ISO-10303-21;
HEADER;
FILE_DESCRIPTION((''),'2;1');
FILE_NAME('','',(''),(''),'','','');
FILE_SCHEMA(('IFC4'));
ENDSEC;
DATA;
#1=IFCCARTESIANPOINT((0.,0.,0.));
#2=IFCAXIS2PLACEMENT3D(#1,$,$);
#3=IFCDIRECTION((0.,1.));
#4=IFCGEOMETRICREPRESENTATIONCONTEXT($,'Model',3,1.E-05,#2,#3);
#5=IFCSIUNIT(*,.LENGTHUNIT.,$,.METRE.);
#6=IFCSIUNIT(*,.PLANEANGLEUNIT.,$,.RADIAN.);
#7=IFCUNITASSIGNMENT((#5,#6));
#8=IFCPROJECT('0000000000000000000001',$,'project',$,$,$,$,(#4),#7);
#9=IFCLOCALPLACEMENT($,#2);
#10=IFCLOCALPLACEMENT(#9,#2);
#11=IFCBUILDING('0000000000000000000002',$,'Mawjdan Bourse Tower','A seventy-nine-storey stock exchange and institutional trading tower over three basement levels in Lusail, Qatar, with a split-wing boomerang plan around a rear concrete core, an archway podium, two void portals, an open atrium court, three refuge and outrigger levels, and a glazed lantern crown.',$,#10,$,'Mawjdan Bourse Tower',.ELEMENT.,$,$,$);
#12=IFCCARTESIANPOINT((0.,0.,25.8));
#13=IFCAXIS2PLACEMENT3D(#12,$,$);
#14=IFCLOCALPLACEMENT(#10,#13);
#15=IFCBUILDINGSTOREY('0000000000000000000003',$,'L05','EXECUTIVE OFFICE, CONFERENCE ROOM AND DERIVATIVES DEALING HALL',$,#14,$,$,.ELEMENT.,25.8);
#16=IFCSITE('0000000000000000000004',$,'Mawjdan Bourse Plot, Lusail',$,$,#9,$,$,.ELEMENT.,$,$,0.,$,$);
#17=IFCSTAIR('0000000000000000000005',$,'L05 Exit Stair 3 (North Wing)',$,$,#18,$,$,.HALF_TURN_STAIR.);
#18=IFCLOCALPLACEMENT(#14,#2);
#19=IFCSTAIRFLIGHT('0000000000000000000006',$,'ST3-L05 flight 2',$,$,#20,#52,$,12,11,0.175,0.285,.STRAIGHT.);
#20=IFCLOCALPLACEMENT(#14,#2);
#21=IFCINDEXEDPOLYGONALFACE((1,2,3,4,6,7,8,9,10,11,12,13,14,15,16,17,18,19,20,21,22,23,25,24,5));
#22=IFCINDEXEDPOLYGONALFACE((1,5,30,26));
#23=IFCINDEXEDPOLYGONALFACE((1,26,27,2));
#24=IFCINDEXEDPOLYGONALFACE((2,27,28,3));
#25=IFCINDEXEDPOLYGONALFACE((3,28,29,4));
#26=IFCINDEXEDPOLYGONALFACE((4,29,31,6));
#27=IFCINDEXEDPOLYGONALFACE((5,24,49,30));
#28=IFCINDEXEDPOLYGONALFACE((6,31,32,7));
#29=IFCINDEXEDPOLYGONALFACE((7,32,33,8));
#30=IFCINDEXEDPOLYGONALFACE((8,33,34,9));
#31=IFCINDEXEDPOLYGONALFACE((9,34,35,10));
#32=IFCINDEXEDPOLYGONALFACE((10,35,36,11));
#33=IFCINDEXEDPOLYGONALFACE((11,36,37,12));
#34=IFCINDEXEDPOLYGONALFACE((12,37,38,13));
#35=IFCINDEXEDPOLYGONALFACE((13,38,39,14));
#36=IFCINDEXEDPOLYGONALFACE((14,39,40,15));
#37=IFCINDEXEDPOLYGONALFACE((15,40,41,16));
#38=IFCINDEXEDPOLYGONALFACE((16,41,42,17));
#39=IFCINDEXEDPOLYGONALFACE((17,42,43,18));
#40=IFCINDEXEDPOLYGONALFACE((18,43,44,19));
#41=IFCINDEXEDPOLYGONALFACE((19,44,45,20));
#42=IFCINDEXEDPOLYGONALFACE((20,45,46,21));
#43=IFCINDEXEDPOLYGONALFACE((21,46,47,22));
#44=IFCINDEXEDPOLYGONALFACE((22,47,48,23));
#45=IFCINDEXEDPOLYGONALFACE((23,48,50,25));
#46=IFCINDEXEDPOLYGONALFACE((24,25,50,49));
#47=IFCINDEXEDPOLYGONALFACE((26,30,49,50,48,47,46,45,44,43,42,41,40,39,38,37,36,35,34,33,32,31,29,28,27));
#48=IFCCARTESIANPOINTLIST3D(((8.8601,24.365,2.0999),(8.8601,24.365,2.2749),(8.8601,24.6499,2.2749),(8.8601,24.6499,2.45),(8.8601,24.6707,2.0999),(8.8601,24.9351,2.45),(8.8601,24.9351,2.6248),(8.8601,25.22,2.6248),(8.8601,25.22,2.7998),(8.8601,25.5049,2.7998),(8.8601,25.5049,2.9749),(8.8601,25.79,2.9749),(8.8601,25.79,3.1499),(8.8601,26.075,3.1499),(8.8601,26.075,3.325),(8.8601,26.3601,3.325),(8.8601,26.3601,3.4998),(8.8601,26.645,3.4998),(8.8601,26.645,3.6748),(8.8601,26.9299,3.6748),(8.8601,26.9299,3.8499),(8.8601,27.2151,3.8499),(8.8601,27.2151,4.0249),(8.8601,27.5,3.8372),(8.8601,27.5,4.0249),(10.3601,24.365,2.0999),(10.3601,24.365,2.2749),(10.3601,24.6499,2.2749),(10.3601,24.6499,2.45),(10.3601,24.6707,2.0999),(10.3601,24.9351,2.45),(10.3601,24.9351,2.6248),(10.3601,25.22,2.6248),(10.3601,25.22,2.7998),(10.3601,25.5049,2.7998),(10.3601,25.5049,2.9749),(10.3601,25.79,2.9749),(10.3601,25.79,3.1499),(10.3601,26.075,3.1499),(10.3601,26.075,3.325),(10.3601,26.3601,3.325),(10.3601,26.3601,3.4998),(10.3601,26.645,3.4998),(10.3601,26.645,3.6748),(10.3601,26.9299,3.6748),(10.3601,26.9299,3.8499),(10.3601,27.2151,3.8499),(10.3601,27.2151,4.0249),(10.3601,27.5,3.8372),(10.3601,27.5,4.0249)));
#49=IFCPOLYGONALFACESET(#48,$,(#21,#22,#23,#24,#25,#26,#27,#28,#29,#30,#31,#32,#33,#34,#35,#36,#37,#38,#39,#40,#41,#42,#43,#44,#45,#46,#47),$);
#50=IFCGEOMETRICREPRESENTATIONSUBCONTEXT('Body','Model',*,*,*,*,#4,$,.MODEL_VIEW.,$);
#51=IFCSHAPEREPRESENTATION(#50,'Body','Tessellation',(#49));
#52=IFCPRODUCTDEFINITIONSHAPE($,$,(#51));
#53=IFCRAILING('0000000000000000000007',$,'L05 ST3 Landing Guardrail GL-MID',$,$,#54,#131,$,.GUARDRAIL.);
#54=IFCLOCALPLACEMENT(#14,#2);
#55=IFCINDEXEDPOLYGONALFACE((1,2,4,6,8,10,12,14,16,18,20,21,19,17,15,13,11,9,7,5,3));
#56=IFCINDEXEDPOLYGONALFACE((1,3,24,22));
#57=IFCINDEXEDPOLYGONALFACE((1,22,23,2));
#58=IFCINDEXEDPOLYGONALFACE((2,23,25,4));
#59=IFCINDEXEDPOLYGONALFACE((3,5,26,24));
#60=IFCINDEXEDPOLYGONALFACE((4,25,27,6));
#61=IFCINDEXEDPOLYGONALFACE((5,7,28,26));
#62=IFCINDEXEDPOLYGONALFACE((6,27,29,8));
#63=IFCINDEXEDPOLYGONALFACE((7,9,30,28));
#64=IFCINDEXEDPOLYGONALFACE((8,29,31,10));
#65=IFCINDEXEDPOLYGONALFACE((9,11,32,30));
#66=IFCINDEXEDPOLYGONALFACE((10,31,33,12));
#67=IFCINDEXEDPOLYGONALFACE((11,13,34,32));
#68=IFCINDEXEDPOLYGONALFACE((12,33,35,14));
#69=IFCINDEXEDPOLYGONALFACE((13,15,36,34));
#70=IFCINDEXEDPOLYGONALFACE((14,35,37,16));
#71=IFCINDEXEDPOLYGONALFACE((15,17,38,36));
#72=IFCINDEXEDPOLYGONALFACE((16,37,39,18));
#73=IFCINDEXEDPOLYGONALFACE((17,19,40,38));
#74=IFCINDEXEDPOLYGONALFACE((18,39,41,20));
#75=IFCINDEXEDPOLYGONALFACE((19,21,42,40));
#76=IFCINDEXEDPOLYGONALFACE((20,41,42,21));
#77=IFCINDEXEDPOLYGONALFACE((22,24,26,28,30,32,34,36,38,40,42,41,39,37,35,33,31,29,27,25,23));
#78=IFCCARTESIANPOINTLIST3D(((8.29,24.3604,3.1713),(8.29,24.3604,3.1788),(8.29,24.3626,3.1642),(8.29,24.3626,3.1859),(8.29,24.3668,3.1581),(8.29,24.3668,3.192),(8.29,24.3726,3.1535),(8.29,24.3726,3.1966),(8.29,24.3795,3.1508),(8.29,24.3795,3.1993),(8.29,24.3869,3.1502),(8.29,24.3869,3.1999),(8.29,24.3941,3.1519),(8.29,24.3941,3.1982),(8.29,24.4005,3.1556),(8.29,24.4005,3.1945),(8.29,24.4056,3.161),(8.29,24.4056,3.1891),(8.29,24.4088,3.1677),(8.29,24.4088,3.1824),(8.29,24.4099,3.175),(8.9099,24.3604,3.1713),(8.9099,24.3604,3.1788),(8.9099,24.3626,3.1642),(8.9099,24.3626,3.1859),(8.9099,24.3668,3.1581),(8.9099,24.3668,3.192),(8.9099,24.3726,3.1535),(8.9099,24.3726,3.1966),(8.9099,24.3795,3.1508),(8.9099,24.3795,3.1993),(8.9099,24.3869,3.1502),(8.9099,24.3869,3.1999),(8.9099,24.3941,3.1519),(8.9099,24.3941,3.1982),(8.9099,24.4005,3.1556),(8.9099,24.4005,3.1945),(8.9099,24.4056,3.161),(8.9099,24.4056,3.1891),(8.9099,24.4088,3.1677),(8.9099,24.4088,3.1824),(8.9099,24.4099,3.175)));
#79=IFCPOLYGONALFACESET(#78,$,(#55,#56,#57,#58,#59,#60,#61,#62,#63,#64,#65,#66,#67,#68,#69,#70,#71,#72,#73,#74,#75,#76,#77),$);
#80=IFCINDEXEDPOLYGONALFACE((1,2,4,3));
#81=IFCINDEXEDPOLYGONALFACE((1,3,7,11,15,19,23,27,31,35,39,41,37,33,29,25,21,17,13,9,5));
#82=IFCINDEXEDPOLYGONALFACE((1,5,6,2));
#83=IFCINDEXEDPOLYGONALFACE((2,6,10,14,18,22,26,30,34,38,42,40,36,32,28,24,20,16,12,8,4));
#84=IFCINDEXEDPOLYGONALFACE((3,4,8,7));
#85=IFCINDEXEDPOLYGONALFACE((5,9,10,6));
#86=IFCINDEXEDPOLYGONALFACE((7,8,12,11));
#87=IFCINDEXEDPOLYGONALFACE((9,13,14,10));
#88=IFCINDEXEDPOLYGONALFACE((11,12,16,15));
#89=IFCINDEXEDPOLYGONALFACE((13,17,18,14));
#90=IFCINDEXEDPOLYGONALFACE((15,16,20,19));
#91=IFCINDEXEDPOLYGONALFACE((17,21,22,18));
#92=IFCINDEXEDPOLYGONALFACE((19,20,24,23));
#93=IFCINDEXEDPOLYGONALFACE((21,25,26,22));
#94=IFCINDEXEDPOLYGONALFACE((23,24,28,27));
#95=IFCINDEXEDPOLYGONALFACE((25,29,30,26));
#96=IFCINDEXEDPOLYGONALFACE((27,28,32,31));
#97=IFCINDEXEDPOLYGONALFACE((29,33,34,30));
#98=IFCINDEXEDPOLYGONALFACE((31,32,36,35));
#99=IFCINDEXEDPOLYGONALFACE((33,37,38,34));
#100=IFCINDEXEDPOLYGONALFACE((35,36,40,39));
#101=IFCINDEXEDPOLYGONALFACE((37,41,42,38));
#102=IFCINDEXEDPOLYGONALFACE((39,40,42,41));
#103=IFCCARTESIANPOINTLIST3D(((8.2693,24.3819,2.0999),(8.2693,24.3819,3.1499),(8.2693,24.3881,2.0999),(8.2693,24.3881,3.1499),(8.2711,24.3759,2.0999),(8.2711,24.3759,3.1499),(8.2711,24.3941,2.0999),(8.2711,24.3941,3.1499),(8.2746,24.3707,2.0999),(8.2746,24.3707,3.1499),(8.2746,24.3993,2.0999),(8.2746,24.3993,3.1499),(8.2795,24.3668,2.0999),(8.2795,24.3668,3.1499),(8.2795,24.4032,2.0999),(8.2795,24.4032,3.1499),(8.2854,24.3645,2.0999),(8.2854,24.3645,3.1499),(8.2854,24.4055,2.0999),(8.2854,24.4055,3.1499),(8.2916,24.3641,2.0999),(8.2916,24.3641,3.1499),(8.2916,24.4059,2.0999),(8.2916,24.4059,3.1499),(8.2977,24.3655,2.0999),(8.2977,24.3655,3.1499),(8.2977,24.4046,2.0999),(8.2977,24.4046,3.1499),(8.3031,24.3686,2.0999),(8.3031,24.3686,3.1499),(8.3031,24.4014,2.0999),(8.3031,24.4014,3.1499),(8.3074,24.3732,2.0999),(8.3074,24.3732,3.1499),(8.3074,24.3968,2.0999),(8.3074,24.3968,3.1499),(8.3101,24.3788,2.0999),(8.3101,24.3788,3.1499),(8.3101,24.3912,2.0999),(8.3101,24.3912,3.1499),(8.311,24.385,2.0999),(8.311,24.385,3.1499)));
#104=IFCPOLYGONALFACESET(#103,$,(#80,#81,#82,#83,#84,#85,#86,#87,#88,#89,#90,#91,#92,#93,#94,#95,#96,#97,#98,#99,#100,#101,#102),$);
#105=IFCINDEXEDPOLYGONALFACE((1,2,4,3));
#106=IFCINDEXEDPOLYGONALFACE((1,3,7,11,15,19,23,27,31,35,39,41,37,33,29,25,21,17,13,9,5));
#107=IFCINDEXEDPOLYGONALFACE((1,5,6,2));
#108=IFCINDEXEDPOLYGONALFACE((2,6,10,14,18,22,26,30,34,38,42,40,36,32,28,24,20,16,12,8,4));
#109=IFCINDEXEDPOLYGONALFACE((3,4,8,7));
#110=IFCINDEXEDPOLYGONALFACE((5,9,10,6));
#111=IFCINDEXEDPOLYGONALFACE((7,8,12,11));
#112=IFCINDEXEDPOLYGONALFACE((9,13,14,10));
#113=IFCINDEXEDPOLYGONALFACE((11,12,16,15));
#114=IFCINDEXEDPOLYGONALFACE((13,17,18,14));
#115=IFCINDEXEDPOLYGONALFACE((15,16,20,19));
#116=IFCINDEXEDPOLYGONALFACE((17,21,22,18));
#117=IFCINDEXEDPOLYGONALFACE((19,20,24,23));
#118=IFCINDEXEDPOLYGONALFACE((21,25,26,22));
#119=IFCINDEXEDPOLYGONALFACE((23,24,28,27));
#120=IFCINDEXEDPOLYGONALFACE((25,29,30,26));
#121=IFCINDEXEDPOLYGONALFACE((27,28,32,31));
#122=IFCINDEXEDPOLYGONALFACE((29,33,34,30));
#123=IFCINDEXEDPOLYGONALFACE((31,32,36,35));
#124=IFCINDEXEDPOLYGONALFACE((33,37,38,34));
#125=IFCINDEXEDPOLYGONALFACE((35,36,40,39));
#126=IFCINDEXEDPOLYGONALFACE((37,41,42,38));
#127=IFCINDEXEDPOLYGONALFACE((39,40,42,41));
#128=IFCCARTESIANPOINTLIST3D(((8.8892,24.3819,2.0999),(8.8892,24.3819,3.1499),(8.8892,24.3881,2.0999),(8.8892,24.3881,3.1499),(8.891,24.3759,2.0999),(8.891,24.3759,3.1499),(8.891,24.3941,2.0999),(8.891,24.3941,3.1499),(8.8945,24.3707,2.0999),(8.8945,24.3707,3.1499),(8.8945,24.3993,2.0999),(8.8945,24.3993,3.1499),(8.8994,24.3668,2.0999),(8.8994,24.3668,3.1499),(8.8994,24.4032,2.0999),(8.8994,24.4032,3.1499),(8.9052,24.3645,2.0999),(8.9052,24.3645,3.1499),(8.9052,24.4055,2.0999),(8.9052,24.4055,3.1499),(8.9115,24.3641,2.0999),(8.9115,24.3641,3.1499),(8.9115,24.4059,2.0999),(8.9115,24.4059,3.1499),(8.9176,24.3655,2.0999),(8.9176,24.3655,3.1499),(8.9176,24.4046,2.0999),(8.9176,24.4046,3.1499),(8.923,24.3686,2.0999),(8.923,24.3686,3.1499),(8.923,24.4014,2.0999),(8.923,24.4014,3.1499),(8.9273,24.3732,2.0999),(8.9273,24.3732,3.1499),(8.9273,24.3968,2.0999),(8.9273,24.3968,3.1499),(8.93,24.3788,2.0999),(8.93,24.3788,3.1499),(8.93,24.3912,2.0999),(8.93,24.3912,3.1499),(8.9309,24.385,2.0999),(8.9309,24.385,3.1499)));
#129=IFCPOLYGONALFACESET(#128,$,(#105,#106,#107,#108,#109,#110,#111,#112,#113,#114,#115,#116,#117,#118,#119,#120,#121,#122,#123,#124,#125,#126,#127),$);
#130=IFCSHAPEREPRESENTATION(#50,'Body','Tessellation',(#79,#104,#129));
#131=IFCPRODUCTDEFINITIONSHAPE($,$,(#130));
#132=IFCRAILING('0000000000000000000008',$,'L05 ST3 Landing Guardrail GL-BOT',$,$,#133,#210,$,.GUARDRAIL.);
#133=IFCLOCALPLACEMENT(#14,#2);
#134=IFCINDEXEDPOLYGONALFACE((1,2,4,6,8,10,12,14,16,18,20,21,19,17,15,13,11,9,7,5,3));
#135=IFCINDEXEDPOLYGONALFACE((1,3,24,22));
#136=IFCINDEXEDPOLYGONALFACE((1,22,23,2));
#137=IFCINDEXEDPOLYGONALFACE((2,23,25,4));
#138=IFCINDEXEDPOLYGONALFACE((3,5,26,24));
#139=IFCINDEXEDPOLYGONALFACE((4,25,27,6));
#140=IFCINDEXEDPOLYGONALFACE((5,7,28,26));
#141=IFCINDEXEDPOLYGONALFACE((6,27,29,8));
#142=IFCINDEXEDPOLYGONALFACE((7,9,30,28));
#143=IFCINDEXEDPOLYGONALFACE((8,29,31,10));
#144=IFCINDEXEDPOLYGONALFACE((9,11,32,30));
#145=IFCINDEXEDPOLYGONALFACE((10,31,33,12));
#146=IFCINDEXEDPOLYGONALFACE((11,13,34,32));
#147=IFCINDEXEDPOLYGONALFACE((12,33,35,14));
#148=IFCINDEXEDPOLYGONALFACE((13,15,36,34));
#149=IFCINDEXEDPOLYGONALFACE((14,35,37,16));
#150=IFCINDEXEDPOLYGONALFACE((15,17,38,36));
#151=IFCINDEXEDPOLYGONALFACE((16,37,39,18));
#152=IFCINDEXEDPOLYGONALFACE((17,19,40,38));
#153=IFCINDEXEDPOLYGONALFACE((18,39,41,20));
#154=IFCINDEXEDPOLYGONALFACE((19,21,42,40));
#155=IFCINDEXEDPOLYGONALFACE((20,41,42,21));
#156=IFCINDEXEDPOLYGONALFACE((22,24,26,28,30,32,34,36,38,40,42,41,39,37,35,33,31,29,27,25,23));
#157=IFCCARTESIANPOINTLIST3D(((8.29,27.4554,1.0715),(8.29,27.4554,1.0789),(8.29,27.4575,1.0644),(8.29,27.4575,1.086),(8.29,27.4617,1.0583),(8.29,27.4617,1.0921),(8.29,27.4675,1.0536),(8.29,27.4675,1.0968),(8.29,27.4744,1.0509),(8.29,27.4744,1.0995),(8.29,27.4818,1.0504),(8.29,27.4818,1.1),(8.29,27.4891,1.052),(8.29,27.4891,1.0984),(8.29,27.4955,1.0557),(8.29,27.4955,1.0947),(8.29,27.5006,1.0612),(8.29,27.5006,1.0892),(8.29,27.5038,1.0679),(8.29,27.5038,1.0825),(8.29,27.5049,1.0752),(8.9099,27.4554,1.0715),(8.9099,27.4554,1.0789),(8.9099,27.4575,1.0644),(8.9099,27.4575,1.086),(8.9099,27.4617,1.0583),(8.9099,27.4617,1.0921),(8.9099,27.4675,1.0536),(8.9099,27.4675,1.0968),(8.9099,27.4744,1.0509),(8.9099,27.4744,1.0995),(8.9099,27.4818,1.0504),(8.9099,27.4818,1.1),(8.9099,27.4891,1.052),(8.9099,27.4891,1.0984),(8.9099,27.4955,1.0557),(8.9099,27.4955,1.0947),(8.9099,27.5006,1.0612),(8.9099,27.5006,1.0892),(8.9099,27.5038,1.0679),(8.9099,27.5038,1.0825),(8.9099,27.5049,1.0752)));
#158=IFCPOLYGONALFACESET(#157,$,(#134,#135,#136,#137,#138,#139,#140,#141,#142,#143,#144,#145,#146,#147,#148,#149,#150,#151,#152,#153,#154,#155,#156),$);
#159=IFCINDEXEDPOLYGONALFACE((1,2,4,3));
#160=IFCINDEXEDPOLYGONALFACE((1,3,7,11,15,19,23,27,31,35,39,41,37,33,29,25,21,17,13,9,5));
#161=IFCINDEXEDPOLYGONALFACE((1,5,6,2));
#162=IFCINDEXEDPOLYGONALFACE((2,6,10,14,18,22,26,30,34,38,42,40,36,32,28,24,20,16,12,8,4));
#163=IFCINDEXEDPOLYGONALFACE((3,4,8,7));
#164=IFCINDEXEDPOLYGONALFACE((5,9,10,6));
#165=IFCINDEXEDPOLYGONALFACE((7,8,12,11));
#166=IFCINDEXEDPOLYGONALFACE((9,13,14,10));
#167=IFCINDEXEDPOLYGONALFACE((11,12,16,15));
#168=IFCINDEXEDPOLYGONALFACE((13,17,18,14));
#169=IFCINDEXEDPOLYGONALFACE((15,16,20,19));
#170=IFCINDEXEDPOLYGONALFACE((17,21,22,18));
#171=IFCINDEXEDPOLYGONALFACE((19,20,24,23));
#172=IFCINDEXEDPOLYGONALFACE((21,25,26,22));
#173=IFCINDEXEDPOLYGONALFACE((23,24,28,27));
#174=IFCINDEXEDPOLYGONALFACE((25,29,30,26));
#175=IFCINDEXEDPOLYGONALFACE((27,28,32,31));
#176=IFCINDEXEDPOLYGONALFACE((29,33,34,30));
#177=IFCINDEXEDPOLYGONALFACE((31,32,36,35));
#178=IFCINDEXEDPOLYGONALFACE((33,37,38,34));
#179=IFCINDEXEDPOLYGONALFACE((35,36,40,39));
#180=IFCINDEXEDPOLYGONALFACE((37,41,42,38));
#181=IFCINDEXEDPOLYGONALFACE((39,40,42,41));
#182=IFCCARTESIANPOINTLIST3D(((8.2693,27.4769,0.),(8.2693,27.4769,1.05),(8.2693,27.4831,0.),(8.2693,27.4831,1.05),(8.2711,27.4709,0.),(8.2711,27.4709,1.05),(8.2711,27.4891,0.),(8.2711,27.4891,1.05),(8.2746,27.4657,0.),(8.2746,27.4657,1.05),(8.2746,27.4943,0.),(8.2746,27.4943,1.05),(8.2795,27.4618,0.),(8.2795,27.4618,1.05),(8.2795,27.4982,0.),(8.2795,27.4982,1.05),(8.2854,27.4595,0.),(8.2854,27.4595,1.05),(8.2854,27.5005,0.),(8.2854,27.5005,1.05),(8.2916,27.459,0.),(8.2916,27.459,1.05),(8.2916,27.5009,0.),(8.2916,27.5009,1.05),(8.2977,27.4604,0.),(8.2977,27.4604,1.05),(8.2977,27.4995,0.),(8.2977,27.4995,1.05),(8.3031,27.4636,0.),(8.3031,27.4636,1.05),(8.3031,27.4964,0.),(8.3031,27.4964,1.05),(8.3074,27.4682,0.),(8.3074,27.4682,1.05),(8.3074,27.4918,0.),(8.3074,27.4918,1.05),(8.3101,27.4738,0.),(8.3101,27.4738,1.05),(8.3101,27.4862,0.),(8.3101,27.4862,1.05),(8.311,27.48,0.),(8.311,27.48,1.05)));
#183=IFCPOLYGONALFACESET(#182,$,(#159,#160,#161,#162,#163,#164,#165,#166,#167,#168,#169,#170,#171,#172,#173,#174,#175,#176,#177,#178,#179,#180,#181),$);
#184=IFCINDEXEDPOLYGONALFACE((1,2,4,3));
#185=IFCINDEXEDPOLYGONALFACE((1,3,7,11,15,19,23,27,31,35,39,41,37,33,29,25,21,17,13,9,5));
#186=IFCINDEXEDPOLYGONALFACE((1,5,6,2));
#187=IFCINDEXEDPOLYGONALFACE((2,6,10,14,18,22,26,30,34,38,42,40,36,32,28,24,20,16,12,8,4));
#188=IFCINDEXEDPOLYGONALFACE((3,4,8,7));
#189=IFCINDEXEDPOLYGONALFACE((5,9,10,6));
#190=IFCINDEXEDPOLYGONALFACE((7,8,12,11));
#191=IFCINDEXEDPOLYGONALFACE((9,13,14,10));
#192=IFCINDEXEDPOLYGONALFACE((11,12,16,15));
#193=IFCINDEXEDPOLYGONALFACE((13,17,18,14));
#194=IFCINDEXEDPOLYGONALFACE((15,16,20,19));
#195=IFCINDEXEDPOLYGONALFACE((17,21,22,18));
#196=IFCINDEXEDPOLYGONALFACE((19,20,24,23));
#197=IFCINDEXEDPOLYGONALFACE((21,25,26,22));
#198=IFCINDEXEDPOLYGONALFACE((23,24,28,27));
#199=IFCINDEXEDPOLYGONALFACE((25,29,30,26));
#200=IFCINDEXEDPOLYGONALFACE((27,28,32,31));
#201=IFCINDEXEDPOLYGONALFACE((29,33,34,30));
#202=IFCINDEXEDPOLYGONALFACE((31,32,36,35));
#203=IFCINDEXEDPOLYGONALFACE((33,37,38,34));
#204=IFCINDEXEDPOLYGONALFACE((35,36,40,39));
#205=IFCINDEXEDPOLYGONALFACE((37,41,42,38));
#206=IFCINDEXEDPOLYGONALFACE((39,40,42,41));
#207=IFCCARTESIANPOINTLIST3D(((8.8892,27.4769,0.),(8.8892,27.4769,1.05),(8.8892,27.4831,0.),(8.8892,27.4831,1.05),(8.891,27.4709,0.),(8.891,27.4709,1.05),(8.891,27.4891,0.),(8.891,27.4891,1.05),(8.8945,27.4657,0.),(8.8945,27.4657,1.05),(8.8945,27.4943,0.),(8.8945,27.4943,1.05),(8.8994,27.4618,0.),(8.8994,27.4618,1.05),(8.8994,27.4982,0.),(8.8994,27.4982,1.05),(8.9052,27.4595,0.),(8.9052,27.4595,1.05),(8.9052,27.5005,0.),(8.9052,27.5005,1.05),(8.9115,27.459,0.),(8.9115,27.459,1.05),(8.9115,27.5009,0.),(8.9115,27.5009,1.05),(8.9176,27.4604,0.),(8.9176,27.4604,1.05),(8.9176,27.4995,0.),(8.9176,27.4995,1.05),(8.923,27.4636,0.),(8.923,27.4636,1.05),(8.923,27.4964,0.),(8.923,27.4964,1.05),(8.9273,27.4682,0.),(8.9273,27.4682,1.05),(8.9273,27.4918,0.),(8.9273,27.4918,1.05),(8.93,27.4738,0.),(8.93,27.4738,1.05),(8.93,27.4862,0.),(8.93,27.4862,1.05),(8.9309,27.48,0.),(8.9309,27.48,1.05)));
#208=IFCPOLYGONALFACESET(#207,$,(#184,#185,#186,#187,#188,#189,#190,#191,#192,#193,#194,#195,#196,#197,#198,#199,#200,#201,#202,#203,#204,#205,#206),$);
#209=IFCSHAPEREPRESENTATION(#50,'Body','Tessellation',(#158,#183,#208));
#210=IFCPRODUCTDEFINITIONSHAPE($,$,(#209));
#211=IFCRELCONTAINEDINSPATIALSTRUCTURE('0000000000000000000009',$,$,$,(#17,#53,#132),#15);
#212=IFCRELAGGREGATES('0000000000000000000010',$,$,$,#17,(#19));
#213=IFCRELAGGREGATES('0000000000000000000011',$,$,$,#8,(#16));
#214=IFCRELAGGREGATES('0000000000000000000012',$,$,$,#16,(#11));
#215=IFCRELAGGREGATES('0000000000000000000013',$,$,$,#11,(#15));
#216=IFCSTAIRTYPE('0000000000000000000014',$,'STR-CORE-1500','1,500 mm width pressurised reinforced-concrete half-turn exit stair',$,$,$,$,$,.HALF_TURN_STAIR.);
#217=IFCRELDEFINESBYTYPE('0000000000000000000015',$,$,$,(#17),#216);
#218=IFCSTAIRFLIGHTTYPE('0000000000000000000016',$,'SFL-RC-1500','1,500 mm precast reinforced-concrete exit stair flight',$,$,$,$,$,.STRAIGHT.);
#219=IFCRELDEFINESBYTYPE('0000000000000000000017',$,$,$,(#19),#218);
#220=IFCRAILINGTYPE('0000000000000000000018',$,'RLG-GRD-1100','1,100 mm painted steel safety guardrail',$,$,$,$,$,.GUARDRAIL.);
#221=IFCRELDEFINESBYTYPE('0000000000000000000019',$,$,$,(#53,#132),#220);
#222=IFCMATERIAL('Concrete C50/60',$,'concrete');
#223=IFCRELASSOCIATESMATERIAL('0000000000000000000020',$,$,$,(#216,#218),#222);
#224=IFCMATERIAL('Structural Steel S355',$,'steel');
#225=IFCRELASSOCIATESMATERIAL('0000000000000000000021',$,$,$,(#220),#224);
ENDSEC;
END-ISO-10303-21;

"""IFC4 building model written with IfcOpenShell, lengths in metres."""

from ifc_helpers import new_model, si_unit, direction, frame, origin, origin_2d, place, context, subcontext, project, spatial, polyline, circle, outline, extrude, material, type_object, element, aggregate, save


model = new_model("IFC4")

# Units and contexts
model_context = context("Model", 3, precision=1e-05, world=origin(), true_north=direction((0.0, 1.0)))
body_context = subcontext(model_context, "Body", "Model", "MODEL_VIEW")
ifc_project = project(units=[si_unit("LENGTHUNIT", "METRE"), si_unit("PLANEANGLEUNIT", "RADIAN")], contexts=[model_context])

# Site, building, storey
site_placement = place(None, origin())
site = spatial("IfcSite", under=ifc_project, at=site_placement, Name="Mawjdan Bourse Plot, Lusail", CompositionType="ELEMENT", RefElevation=0.0)
building_placement = place(site_placement, origin())
building = spatial("IfcBuilding", under=site, at=building_placement, Name="Mawjdan Bourse Tower", Description="A seventy-nine-storey stock exchange and institutional trading tower over three basement levels in Lusail, Qatar, with a split-wing boomerang plan around a rear concrete core, an archway podium, two void portals, an open atrium court, three refuge and outrigger levels, and a glazed lantern crown.", LongName="Mawjdan Bourse Tower", CompositionType="ELEMENT")
storey_placement = place(building_placement, frame((0.0, 0.0, 25.8)))
storey = spatial("IfcBuildingStorey", under=building, at=storey_placement, Name="L05", Description="EXECUTIVE OFFICE, CONFERENCE ROOM AND DERIVATIVES DEALING HALL", CompositionType="ELEMENT", Elevation=25.8)

# Shared definitions
ifc_material_1 = material(Name="Structural Steel S355", Category="steel")

# Shared definitions
ifc_material_2 = material(Name="Concrete C50/60", Category="concrete")

# Stair, stair flight
stair_type = type_object("IfcStairType", Name="STR-CORE-1500", Description="1,500 mm width pressurised reinforced-concrete half-turn exit stair", PredefinedType="HALF_TURN_STAIR", material=ifc_material_2)
stair_placement = place(storey_placement, origin())
stair = element("IfcStair", 1, at=stair_placement, inside=storey, type_object=stair_type, Name="L05 Exit Stair 3 (North Wing)", PredefinedType="HALF_TURN_STAIR")
stair_flight_type = type_object("IfcStairFlightType", Name="SFL-RC-1500", Description="1,500 mm precast reinforced-concrete exit stair flight", PredefinedType="STRAIGHT", material=ifc_material_2)
stair_flight_1_placement = place(storey_placement, frame((9.6101, 24.365, 2.0999), z_axis=(0.0, 0.0, 1.0), x_axis=(0.0, 1.0, 0.0)))
stair_flight_1 = element("IfcStairFlight", 2, at=stair_flight_1_placement, type_object=stair_flight_type, Name="ST3-L05 flight 2", NumberOfRisers=12, NumberOfTreads=11, PredefinedType="STRAIGHT", RiserHeight=0.175, TreadLength=0.285, context=body_context, shape_type="SweptSolid", body=[
    extrude(outline(polyline([(0.0, 0.0), (0.0, 0.175), (0.2849, 0.175), (0.2849, 0.3501), (0.5701, 0.3501), (0.5701, 0.5249), (0.855, 0.5249), (0.855, 0.7), (1.1399, 0.7), (1.1399, 0.875), (1.425, 0.875), (1.425, 1.05), (1.71, 1.05), (1.71, 1.2251), (1.9951, 1.2251), (1.9951, 1.3999), (2.28, 1.3999), (2.28, 1.575), (2.5649, 1.575), (2.5649, 1.75), (2.8501, 1.75), (2.8501, 1.925), (3.135, 1.925), (3.135, 2.1001), (3.135, 1.7373), (0.3057, 0.0), (0.0, 0.0)])), frame((0.0, 0.75, 0.0), z_axis=(0.0, -1.0, 0.0), x_axis=(1.0, 0.0, 0.0)), (0.0, 0.0, 1.0), 1.5),
])
aggregate(stair, [stair_flight_1])

# Railings
railing_type_1 = type_object("IfcRailingType", Name="RLG-GRD-1100", Description="1,100 mm painted steel safety guardrail", PredefinedType="GUARDRAIL", material=ifc_material_1)
for number, where, name in (
    (3, (8.29, 24.385, 2.0999), "L05 ST3 Landing Guardrail GL-MID"),
    (4, (8.29, 27.48, 0.0), "L05 ST3 Landing Guardrail GL-BOT"),
):
    element("IfcRailing", number, at=place(storey_placement, frame(where)), inside=storey, type_object=railing_type_1, Name=name, PredefinedType="GUARDRAIL", context=body_context, shape_type="SweptSolid", body=[
        extrude(circle(Radius=0.0249, at=origin_2d()), frame((0.0, 0.0, 1.0752), z_axis=(1.0, 0.0, 0.0), x_axis=(0.0, 1.0, 0.0)), (0.0, 0.0, 1.0), 0.6199),
        extrude(circle(Radius=0.021, at=origin_2d()), origin(), (0.0, 0.0, 1.0), 1.05),
        extrude(circle(Radius=0.021, at=origin_2d()), frame((0.6199, 0.0, 0.0)), (0.0, 0.0, 1.0), 1.05),
    ])

save(model, "model.ifc")
